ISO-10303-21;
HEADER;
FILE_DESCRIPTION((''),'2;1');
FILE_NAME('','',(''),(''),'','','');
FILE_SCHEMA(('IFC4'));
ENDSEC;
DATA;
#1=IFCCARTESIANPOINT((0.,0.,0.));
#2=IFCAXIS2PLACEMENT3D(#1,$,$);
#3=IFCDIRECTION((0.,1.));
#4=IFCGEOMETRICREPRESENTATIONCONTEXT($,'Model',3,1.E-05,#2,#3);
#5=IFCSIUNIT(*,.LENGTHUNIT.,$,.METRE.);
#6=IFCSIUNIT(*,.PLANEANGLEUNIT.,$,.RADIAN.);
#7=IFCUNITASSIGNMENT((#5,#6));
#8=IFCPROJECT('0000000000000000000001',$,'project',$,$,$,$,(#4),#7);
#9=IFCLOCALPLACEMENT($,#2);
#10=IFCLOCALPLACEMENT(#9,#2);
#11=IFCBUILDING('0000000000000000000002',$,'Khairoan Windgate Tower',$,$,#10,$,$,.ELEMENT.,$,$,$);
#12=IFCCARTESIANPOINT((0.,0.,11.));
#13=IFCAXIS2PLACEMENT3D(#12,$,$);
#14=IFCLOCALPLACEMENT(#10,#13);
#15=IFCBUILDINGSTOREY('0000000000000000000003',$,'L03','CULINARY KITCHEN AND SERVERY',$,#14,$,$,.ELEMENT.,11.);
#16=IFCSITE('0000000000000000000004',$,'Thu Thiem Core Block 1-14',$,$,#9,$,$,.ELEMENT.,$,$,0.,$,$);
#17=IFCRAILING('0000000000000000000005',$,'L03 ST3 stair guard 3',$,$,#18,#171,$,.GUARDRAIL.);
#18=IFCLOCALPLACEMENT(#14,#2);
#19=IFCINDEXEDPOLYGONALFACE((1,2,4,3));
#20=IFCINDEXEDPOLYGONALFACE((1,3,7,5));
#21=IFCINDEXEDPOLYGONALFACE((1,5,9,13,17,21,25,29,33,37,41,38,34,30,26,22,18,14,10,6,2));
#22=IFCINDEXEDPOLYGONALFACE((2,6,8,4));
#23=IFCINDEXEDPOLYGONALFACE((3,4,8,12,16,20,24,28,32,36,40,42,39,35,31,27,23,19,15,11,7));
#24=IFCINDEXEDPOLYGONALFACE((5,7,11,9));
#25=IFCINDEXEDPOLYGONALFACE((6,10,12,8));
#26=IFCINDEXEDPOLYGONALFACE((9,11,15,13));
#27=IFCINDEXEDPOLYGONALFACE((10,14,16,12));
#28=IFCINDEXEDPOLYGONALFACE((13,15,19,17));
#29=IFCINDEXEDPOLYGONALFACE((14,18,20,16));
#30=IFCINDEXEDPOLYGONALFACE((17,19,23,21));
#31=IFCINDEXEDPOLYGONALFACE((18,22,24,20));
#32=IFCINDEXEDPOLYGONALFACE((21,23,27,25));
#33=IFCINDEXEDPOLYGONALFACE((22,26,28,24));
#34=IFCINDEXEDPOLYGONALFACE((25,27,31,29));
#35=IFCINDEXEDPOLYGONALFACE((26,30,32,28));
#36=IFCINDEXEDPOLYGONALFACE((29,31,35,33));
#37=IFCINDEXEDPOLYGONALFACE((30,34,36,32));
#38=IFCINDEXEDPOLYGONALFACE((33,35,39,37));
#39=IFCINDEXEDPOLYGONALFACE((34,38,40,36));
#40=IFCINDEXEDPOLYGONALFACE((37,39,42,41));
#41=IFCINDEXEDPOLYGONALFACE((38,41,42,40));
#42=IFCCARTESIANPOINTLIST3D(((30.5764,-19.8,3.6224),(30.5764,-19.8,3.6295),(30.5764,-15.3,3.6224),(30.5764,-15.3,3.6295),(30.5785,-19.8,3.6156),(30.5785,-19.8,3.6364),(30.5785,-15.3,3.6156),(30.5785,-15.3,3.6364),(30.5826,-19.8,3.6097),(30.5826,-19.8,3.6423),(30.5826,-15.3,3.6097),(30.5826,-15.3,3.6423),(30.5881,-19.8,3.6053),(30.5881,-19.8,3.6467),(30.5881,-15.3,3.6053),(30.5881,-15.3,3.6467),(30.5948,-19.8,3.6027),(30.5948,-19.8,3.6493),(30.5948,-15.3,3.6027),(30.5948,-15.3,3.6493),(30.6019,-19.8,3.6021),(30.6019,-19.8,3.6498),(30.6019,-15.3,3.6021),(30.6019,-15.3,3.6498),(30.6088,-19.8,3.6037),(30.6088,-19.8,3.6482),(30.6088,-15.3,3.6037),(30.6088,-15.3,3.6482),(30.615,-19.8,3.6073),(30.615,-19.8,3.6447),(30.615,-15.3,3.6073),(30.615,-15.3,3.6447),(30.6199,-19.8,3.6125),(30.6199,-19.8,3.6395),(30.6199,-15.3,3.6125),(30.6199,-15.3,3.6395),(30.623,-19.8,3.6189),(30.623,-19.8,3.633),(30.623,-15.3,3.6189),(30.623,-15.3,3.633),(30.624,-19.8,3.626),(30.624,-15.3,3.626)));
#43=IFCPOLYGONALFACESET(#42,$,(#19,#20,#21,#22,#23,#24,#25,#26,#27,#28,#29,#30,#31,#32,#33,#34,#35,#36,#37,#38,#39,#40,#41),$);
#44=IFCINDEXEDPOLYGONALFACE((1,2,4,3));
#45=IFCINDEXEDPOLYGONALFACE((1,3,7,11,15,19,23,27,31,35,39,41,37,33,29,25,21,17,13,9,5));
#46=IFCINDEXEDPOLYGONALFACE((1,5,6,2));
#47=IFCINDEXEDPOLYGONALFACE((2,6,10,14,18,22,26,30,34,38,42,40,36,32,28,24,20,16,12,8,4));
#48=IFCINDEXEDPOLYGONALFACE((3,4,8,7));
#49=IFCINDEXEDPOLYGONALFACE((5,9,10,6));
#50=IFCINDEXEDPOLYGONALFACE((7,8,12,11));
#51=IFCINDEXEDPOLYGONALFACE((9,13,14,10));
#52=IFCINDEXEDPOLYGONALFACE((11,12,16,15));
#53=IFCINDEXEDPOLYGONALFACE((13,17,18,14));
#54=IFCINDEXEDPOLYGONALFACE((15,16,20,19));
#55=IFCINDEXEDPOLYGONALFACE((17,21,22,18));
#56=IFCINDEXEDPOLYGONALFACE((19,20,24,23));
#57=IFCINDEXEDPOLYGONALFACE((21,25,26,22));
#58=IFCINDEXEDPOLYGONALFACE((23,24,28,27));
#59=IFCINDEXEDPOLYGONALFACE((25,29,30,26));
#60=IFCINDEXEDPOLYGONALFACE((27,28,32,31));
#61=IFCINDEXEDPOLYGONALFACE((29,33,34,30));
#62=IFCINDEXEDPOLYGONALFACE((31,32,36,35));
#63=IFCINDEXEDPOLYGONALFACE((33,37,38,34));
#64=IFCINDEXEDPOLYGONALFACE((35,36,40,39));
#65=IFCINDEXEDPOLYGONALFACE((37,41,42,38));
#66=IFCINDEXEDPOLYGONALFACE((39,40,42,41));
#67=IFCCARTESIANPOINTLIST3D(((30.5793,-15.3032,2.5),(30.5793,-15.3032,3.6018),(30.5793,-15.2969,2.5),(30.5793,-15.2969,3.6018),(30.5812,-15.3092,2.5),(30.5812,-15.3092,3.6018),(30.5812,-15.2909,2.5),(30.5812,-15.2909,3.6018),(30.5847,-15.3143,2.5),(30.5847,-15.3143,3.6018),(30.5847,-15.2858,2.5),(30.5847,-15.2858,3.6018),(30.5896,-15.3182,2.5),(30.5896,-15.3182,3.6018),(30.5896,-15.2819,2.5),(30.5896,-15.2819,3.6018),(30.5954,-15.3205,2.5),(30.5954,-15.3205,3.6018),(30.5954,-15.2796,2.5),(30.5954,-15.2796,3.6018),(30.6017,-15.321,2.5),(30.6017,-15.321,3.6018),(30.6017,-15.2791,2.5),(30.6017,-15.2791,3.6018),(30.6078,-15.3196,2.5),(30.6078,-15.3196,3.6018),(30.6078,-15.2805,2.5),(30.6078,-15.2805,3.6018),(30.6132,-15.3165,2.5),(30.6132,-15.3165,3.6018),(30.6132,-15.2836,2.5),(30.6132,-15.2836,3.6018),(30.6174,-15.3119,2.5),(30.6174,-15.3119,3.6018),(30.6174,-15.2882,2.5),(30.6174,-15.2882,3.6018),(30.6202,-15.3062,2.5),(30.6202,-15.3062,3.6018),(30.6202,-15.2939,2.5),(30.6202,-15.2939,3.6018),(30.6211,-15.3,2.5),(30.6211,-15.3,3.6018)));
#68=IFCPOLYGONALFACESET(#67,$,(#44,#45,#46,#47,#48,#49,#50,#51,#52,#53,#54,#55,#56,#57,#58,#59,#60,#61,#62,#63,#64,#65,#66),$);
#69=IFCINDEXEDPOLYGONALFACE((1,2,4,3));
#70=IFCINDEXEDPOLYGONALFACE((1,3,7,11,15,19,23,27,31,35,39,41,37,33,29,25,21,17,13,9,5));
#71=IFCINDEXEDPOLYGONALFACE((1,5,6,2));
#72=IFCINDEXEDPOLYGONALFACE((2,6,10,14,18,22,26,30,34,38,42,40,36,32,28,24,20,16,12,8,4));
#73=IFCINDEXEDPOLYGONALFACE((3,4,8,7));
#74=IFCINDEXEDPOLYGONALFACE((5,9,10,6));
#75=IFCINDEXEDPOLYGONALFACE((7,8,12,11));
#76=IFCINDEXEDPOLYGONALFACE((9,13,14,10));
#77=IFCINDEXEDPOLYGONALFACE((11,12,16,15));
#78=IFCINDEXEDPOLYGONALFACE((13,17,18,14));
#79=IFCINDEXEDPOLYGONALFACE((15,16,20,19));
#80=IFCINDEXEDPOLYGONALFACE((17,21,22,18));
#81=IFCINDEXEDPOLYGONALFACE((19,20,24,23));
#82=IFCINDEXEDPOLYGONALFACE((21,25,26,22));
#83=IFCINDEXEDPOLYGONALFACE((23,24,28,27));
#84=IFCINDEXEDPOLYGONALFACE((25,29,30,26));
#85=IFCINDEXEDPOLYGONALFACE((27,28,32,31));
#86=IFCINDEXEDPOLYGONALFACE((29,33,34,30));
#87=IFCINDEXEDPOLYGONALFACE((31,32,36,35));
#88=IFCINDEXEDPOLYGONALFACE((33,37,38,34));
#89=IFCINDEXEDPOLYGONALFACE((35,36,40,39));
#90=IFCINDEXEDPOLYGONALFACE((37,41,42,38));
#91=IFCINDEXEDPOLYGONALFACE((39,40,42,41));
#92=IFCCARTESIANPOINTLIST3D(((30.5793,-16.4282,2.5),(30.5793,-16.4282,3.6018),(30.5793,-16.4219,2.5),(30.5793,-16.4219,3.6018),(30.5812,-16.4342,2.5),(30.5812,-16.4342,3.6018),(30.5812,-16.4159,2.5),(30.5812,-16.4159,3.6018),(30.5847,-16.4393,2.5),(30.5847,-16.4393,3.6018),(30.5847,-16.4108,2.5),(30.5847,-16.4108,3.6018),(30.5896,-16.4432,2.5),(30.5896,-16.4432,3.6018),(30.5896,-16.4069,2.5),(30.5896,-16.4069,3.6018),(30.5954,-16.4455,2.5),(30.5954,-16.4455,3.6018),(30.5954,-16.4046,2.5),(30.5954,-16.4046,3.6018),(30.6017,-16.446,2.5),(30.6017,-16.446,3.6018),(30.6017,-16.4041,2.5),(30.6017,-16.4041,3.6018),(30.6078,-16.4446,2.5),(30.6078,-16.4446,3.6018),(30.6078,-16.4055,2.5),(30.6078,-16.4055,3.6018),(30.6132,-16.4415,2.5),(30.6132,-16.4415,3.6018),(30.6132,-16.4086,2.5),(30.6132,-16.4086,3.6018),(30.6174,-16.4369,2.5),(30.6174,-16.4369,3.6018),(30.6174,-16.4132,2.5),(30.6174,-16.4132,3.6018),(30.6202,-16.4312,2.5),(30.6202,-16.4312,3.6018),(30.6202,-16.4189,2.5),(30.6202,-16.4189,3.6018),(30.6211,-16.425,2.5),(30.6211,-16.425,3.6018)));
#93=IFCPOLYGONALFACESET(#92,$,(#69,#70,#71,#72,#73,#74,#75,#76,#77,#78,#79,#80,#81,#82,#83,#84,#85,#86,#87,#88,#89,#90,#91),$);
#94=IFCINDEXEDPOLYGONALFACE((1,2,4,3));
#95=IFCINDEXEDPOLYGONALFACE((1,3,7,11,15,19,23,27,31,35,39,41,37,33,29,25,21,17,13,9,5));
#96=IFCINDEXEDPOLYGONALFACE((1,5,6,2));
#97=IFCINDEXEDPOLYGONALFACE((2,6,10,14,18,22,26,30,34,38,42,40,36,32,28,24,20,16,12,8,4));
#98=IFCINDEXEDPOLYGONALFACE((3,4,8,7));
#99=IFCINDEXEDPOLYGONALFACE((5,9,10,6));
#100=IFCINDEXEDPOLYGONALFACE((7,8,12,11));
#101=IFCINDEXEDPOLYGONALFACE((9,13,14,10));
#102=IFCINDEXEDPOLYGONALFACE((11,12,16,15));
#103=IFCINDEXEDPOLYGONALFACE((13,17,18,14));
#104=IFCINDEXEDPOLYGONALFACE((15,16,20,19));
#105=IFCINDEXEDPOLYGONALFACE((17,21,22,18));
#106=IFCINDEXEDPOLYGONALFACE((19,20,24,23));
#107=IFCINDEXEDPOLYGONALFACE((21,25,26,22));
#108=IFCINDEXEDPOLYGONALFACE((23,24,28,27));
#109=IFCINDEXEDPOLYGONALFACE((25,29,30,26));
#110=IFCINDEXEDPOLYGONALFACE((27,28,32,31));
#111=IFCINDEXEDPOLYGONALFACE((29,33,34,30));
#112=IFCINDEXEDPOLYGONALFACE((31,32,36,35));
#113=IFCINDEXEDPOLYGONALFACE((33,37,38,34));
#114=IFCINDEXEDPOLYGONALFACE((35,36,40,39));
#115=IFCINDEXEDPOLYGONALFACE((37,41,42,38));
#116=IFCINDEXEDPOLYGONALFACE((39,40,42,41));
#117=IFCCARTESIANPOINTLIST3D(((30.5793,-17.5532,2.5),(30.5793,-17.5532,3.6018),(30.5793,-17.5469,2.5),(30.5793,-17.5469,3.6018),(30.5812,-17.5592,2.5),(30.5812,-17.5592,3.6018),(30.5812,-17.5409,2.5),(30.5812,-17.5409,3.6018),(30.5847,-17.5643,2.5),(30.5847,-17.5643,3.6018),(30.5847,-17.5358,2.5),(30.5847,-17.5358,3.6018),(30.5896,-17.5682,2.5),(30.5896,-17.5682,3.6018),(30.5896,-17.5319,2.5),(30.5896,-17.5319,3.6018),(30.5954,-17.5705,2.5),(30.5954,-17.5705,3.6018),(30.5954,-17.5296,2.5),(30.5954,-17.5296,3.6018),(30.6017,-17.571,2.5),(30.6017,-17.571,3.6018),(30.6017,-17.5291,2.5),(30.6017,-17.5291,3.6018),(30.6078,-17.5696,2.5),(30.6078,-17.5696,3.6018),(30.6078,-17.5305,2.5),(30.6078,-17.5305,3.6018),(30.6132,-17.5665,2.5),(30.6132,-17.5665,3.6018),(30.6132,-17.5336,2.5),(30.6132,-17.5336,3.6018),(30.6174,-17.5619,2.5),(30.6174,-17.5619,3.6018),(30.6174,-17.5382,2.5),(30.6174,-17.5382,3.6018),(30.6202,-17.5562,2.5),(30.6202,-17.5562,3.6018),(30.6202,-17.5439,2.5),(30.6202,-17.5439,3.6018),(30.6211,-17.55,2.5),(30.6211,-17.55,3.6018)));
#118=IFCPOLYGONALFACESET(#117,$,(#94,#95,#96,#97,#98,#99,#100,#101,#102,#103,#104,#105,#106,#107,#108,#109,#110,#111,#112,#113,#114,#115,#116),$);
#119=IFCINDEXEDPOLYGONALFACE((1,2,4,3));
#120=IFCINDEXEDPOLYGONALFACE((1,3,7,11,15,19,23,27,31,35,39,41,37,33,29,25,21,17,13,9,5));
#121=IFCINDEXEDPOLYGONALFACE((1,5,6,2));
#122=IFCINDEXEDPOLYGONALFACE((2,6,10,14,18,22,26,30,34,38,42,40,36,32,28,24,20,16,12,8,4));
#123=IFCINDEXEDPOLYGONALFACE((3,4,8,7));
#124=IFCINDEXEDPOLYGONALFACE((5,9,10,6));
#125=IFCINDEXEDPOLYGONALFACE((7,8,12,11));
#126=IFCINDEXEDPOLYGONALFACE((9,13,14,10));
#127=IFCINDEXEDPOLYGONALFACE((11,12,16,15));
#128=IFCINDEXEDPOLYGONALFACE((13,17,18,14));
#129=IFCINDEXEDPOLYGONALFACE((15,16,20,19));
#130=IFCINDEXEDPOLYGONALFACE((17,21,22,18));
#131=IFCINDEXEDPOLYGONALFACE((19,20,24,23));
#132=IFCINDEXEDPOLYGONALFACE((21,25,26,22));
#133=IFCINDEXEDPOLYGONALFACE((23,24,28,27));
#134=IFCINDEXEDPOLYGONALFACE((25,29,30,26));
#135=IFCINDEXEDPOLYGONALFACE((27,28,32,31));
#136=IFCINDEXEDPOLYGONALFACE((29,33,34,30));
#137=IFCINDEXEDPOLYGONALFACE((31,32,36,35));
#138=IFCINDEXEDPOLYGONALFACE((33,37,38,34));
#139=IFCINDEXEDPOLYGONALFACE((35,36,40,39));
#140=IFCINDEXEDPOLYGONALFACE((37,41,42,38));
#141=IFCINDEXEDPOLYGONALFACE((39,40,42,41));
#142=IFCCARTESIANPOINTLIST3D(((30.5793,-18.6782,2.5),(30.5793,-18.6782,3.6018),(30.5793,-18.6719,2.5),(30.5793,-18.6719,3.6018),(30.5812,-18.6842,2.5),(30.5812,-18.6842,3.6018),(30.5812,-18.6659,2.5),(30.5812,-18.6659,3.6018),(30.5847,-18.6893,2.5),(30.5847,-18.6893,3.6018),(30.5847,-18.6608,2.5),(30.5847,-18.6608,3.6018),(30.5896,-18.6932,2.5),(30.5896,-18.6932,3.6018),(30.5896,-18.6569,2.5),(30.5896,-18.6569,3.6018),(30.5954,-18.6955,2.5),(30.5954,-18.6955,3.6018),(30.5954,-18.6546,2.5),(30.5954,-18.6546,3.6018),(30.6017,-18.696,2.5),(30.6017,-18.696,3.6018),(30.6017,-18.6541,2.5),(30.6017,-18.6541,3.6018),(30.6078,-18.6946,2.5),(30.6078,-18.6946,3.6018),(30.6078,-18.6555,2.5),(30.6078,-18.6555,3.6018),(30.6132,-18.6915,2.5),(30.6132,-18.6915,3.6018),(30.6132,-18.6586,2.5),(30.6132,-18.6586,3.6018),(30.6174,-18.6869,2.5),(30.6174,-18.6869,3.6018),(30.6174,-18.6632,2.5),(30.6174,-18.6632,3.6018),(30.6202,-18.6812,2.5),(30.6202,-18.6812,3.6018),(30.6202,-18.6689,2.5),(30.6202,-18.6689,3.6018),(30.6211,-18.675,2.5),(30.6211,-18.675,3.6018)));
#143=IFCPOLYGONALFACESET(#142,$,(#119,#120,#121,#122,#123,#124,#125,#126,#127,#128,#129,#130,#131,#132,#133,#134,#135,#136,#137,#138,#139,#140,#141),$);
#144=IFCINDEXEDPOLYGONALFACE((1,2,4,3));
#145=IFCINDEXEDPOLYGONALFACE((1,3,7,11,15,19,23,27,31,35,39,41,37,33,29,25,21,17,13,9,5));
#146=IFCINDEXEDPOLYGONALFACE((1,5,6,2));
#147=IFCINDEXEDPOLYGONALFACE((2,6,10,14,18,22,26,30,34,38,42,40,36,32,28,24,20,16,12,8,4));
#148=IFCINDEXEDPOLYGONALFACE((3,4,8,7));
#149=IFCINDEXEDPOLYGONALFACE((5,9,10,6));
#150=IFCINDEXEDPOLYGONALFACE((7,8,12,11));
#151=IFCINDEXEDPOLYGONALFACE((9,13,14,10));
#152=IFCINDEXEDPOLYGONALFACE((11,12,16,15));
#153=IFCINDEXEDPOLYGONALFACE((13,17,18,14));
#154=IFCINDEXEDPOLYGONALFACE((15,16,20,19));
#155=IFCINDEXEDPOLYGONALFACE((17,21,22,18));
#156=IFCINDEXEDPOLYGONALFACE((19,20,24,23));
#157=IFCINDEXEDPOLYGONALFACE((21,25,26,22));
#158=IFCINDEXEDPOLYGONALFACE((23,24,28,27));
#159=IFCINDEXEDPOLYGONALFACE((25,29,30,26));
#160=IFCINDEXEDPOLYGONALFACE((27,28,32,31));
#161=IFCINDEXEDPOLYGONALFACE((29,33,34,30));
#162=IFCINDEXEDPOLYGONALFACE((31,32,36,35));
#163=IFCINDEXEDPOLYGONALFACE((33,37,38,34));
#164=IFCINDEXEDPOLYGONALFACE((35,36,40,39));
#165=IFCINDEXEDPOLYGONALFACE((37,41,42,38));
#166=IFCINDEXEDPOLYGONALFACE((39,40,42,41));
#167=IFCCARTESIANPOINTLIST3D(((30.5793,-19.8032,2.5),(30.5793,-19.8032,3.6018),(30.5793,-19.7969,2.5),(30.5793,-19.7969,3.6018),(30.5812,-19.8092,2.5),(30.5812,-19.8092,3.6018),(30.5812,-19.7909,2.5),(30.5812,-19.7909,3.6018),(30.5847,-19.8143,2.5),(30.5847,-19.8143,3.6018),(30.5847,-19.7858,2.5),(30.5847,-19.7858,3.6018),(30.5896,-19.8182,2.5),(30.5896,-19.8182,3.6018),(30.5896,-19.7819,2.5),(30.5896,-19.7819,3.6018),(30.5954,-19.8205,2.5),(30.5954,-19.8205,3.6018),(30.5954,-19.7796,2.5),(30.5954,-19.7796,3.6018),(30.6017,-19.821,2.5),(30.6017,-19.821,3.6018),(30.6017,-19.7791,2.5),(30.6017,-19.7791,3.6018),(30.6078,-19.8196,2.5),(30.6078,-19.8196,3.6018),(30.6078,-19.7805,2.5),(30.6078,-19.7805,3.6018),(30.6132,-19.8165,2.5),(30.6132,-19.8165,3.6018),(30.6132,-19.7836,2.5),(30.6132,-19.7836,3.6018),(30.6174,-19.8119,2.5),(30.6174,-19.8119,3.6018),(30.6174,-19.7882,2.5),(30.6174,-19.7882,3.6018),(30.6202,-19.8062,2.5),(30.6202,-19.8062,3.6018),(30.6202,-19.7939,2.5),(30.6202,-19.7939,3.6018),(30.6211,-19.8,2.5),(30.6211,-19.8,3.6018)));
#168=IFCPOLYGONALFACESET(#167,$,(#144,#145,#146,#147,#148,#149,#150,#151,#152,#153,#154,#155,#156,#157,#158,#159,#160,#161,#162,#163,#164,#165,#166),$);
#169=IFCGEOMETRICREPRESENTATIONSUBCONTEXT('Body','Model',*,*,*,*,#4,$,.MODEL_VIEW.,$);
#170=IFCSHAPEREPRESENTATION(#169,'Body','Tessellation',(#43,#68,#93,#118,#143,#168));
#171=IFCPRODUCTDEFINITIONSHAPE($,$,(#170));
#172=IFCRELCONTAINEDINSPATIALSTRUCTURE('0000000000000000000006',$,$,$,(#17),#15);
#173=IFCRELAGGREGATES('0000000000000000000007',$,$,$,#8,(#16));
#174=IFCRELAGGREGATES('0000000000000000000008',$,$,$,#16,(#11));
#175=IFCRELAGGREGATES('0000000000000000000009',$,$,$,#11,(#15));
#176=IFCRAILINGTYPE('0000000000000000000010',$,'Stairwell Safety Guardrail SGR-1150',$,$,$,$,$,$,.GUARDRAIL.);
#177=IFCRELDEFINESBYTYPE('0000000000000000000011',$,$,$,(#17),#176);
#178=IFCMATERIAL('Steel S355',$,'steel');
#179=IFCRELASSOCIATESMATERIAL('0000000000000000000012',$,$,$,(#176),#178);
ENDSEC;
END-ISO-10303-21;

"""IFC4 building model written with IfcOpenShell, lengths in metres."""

from ifc_helpers import new_model, si_unit, direction, frame, origin, origin_2d, place, context, subcontext, project, spatial, circle, extrude, material, type_object, element, save


model = new_model("IFC4")

# Units and contexts
model_context = context("Model", 3, precision=1e-05, world=origin(), true_north=direction((0.0, 1.0)))
body_context = subcontext(model_context, "Body", "Model", "MODEL_VIEW")
ifc_project = project(units=[si_unit("LENGTHUNIT", "METRE"), si_unit("PLANEANGLEUNIT", "RADIAN")], contexts=[model_context])

# Site, building, storey
site_placement = place(None, origin())
site = spatial("IfcSite", under=ifc_project, at=site_placement, Name="Thu Thiem Core Block 1-14", CompositionType="ELEMENT", RefElevation=0.0)
building_placement = place(site_placement, origin())
building = spatial("IfcBuilding", under=site, at=building_placement, Name="Khairoan Windgate Tower", CompositionType="ELEMENT")
storey_placement = place(building_placement, frame((0.0, 0.0, 11.0)))
storey = spatial("IfcBuildingStorey", under=building, at=storey_placement, Name="L03", Description="CULINARY KITCHEN AND SERVERY", CompositionType="ELEMENT", Elevation=11.0)

# Railing
ifc_material_1 = material(Name="Steel S355", Category="steel")
railing_type_1 = type_object("IfcRailingType", Name="Stairwell Safety Guardrail SGR-1150", PredefinedType="GUARDRAIL", material=ifc_material_1)
for number, where, name in (
    (1, (30.6001, -15.3, 2.5), "L03 ST3 stair guard 3"),
):
    element("IfcRailing", number, at=place(storey_placement, frame(where)), inside=storey, type_object=railing_type_1, Name=name, PredefinedType="GUARDRAIL", context=body_context, shape_type="SweptSolid", body=[
        extrude(circle(Radius=0.0239, at=origin_2d()), frame((0.0, 0.0, 1.126), z_axis=(0.0, -1.0, 0.0), x_axis=(1.0, 0.0, 0.0)), (0.0, 0.0, 1.0), 4.5),
        extrude(circle(Radius=0.021, at=origin_2d()), origin(), (0.0, 0.0, 1.0), 1.1018),
        extrude(circle(Radius=0.021, at=origin_2d()), frame((0.0, -1.125, 0.0)), (0.0, 0.0, 1.0), 1.1018),
        extrude(circle(Radius=0.021, at=origin_2d()), frame((0.0, -2.25, 0.0)), (0.0, 0.0, 1.0), 1.1018),
        extrude(circle(Radius=0.021, at=origin_2d()), frame((0.0, -3.375, 0.0)), (0.0, 0.0, 1.0), 1.1018),
        extrude(circle(Radius=0.021, at=origin_2d()), frame((0.0, -4.5, 0.0)), (0.0, 0.0, 1.0), 1.1018),
    ])

save(model, "model.ifc")
